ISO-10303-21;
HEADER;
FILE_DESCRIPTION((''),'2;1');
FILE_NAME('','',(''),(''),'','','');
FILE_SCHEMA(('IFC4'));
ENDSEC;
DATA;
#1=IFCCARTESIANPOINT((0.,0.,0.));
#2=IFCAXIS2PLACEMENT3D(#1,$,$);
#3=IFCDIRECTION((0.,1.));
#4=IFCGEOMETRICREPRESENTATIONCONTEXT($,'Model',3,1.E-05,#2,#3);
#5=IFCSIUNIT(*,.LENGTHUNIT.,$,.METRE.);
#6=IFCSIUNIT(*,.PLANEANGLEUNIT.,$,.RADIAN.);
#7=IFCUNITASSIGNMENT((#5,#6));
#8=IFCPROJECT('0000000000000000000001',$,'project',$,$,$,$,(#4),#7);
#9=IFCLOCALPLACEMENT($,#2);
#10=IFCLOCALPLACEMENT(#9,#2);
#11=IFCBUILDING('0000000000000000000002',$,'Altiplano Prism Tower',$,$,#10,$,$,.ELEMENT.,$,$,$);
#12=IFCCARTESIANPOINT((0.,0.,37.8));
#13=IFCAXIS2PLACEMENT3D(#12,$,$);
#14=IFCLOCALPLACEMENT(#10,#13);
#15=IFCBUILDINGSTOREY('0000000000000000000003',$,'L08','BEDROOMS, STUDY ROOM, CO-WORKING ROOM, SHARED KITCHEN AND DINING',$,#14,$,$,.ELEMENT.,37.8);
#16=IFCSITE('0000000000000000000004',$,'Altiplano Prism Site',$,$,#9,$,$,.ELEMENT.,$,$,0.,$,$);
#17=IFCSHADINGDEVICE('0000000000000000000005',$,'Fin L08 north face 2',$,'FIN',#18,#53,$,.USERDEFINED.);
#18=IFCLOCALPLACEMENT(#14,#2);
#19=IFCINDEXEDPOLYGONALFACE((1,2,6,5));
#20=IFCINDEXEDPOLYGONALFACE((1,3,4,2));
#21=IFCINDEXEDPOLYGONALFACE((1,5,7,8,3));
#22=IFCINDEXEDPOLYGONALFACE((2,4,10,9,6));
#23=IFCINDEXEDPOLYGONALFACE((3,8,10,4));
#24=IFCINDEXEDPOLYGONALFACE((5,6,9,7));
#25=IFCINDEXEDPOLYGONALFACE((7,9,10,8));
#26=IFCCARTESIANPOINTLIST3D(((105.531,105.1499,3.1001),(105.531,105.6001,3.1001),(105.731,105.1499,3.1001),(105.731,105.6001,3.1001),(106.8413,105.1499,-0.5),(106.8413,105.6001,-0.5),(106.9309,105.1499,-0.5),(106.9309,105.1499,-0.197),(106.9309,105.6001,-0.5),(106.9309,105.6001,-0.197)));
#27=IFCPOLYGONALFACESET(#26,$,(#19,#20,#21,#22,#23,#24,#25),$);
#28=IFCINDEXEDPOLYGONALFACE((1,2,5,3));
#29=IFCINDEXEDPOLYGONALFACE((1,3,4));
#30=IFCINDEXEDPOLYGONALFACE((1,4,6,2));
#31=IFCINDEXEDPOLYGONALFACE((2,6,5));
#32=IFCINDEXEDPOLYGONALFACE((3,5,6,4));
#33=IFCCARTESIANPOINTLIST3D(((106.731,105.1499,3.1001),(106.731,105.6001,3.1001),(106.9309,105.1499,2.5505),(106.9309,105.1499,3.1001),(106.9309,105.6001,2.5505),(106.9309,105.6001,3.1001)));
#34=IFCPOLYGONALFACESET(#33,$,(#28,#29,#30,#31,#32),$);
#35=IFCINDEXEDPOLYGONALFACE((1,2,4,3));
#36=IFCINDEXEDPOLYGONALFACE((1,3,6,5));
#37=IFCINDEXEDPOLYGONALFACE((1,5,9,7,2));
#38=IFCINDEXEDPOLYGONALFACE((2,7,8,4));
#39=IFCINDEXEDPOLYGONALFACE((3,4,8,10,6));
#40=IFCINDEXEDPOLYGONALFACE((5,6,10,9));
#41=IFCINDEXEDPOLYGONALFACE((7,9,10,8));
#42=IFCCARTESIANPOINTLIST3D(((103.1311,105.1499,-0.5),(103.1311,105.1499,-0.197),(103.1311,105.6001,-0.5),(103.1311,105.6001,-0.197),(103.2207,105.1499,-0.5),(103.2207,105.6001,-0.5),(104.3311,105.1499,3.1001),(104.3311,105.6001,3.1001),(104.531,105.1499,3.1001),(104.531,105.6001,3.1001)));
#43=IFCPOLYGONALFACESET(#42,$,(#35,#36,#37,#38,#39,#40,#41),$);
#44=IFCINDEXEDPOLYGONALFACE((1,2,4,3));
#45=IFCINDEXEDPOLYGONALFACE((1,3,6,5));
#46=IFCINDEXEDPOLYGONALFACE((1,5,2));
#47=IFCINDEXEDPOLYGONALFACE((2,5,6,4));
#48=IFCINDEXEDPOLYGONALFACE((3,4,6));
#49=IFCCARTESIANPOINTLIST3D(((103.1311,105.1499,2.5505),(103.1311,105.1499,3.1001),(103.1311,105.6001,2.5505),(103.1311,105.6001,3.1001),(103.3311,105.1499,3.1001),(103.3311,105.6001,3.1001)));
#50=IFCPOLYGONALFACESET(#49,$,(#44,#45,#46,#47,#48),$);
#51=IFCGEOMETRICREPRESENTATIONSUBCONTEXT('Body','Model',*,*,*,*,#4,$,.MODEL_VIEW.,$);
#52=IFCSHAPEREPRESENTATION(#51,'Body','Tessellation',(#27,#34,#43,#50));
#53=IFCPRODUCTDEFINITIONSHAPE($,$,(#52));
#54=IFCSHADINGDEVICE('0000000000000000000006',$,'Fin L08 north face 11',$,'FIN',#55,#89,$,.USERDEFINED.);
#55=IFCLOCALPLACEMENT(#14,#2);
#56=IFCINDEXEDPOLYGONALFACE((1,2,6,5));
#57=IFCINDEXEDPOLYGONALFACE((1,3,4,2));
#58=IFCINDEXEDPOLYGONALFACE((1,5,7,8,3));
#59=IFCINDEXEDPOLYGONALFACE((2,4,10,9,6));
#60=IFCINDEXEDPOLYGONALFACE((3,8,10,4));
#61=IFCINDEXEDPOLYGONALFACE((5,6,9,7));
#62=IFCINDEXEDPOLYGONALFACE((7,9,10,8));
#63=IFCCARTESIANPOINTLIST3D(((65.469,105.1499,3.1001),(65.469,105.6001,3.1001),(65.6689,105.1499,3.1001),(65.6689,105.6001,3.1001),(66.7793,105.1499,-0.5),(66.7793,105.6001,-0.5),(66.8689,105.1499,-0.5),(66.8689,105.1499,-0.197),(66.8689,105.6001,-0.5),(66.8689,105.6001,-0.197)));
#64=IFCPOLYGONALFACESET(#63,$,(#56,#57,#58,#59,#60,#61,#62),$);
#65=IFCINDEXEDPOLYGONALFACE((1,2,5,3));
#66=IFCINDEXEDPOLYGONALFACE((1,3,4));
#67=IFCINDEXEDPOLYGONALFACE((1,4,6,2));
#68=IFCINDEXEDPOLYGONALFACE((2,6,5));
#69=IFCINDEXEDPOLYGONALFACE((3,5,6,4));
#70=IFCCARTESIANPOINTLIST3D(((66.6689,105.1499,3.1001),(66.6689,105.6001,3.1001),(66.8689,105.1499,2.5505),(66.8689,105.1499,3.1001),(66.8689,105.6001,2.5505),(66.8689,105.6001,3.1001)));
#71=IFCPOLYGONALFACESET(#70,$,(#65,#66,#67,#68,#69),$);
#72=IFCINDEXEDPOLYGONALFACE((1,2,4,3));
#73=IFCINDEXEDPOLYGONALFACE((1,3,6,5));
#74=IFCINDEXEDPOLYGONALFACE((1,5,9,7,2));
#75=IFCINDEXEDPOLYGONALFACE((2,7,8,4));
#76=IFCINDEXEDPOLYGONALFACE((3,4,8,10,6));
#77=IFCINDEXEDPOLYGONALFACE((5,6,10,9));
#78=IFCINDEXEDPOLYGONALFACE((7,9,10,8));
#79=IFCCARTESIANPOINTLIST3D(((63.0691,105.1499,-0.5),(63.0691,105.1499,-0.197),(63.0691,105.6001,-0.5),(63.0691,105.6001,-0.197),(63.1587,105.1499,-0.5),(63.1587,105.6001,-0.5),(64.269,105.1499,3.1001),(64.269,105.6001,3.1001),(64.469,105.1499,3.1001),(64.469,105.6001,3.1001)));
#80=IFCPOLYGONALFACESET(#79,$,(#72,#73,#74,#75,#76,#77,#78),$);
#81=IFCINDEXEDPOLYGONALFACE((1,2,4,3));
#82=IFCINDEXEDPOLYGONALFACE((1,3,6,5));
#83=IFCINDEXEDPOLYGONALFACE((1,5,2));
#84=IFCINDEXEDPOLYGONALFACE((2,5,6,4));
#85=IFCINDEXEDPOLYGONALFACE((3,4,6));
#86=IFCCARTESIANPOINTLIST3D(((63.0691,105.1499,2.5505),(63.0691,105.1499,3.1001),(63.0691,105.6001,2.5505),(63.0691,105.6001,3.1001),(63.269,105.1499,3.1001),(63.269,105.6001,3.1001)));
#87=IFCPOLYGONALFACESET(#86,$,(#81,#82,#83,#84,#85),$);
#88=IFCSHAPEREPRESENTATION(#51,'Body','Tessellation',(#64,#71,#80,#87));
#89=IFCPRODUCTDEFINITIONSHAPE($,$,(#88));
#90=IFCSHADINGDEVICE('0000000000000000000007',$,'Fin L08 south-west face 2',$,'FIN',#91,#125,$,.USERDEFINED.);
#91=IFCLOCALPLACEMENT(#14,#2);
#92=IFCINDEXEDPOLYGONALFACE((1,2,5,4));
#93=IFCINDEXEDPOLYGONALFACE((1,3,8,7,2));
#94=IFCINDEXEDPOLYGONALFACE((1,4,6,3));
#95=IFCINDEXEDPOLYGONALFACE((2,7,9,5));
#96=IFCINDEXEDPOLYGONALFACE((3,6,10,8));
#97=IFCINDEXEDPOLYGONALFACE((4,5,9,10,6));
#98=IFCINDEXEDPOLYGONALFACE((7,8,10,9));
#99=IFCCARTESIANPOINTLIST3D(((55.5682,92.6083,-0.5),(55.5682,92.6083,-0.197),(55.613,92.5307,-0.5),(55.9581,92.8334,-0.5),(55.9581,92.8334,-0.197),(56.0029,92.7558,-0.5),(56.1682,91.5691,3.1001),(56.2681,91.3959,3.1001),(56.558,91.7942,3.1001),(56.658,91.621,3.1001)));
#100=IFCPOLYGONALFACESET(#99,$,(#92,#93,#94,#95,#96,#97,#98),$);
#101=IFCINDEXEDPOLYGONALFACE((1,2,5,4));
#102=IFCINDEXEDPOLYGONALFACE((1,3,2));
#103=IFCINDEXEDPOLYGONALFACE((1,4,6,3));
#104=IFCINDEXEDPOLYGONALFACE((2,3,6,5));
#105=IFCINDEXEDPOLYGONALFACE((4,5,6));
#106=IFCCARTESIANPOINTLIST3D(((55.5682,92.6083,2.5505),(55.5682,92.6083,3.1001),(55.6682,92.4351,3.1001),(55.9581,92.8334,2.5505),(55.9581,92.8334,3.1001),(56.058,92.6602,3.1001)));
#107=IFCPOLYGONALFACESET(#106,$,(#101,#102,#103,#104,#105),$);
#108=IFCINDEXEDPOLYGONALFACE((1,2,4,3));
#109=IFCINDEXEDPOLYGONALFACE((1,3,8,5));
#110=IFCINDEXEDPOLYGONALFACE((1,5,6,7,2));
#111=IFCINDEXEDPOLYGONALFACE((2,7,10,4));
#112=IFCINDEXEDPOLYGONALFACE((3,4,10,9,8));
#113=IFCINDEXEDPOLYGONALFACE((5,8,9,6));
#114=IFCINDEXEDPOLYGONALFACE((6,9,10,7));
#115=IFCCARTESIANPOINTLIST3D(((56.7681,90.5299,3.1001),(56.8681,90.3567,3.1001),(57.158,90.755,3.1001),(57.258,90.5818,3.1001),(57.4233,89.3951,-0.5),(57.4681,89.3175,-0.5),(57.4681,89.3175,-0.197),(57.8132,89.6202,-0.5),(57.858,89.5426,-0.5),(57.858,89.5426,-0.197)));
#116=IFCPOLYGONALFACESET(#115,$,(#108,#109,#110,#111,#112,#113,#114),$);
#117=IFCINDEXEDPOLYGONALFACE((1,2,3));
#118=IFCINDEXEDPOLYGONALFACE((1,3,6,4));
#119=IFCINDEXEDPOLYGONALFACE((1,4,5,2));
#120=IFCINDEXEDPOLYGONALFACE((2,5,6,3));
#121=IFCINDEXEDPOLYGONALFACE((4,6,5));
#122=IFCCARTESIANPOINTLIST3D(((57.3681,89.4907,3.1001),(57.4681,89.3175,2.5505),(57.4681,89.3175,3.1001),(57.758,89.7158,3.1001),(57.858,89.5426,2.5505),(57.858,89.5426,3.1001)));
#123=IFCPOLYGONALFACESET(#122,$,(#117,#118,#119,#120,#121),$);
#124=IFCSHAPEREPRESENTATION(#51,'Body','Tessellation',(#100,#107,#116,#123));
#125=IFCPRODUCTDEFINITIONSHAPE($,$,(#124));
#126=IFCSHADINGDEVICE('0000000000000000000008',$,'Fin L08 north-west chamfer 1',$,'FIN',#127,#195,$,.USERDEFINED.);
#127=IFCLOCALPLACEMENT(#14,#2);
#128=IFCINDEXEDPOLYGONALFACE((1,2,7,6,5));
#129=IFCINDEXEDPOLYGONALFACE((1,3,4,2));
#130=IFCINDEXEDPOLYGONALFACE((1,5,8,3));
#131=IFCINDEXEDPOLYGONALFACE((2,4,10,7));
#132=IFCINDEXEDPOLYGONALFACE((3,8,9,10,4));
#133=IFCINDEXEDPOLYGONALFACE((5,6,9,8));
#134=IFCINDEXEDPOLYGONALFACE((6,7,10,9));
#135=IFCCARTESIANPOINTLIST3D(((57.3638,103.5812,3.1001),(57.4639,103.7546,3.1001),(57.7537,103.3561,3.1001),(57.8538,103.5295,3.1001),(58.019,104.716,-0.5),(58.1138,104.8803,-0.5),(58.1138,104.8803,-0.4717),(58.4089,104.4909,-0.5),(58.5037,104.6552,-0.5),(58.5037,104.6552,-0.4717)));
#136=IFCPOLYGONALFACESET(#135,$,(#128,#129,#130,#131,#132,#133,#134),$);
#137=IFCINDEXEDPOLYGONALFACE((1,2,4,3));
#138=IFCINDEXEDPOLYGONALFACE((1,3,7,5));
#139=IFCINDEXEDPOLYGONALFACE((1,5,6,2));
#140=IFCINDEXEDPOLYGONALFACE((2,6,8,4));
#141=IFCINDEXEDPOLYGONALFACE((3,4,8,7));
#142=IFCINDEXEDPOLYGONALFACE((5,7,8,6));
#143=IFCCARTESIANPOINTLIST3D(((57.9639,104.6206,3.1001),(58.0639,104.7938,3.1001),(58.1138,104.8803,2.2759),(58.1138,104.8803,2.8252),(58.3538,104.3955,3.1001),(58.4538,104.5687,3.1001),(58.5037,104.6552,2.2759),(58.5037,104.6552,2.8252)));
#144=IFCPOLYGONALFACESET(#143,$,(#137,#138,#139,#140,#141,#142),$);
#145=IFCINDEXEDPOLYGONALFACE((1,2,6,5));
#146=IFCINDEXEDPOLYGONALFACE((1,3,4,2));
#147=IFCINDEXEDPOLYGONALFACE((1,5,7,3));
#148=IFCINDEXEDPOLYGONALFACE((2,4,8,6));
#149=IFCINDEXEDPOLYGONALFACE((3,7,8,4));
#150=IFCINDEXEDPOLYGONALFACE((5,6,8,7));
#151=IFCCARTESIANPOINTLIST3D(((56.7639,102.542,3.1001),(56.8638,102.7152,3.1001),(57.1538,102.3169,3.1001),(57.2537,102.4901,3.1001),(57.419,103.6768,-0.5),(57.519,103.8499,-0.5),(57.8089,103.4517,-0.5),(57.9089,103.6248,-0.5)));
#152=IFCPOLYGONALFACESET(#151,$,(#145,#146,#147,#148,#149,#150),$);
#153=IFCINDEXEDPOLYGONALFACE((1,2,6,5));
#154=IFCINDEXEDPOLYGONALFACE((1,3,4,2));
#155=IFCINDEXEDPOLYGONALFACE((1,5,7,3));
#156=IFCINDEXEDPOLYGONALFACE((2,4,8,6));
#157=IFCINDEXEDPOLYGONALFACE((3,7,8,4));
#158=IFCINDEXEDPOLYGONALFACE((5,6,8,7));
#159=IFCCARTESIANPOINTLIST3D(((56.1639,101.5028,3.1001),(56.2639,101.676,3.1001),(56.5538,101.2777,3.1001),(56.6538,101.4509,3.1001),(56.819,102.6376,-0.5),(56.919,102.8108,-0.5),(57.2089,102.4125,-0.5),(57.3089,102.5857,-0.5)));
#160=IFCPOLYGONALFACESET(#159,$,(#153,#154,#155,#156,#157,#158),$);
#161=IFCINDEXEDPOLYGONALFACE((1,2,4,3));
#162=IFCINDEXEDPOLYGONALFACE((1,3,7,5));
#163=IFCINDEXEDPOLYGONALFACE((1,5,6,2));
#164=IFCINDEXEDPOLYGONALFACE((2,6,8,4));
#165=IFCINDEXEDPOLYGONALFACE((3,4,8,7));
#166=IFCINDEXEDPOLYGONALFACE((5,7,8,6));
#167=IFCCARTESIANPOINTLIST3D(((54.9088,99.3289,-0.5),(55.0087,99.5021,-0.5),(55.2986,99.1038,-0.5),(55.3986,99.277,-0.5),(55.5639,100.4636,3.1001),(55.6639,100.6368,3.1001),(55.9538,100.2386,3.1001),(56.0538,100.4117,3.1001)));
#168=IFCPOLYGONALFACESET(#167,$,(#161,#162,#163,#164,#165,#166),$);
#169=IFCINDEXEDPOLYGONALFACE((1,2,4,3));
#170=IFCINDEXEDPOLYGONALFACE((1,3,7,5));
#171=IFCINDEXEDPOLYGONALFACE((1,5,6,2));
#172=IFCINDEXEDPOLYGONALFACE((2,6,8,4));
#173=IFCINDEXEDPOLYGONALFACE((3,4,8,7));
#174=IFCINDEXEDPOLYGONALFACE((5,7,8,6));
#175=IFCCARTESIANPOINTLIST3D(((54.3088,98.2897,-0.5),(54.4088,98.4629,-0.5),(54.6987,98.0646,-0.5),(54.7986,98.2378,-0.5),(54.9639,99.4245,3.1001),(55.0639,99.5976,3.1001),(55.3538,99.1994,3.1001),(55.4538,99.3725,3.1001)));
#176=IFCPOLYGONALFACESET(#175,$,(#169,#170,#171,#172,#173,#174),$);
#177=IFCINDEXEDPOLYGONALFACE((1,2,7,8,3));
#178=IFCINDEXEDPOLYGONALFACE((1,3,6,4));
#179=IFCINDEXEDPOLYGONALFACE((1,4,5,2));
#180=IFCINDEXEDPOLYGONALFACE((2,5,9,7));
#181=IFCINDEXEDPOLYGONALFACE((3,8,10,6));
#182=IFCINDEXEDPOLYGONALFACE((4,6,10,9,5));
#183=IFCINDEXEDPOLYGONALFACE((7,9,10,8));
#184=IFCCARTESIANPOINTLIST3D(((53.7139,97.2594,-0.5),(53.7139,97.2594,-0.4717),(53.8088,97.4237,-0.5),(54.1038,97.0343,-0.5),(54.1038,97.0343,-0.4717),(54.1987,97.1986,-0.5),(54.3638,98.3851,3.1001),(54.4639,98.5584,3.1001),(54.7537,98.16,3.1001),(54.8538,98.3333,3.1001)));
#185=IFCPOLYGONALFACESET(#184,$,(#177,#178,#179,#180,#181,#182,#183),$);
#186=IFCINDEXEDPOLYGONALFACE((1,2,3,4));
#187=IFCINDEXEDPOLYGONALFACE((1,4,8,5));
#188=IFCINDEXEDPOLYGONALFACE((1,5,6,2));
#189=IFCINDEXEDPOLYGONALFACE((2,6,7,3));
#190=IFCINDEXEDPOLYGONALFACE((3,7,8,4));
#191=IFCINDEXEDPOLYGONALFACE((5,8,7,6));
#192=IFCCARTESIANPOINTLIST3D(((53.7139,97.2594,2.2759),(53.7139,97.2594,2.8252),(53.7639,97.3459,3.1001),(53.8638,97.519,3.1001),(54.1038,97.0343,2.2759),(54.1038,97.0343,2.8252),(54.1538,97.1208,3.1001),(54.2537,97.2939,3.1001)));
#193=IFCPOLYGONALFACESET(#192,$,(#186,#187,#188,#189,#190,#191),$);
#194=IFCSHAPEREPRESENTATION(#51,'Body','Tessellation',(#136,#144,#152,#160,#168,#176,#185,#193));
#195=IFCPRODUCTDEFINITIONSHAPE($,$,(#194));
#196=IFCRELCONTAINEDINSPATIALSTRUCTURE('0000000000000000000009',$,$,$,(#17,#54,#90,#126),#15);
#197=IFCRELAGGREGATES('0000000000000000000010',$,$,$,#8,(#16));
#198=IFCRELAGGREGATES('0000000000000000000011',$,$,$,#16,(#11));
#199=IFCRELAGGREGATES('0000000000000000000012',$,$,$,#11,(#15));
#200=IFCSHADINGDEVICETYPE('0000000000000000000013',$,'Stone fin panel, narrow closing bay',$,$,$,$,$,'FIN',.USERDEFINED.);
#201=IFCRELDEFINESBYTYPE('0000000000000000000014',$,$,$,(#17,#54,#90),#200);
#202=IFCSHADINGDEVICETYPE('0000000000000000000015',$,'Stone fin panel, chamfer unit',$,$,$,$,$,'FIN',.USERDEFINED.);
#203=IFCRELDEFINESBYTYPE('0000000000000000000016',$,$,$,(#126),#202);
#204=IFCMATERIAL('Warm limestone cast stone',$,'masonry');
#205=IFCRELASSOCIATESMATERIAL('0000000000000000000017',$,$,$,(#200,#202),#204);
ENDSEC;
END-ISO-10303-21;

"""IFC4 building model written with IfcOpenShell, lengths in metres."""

from ifc_helpers import new_model, si_unit, direction, frame, origin, place, context, subcontext, project, spatial, polyline, outline, extrude, source, transform, mapped, material, type_object, element, save


model = new_model("IFC4")

# Units and contexts
model_context = context("Model", 3, precision=1e-05, world=origin(), true_north=direction((0.0, 1.0)))
body_context = subcontext(model_context, "Body", "Model", "MODEL_VIEW")
ifc_project = project(units=[si_unit("LENGTHUNIT", "METRE"), si_unit("PLANEANGLEUNIT", "RADIAN")], contexts=[model_context])

# Site, building, storey
site_placement = place(None, origin())
site = spatial("IfcSite", under=ifc_project, at=site_placement, Name="Altiplano Prism Site", CompositionType="ELEMENT", RefElevation=0.0)
building_placement = place(site_placement, origin())
building = spatial("IfcBuilding", under=site, at=building_placement, Name="Altiplano Prism Tower", CompositionType="ELEMENT")
storey_placement = place(building_placement, frame((0.0, 0.0, 37.8)))
storey = spatial("IfcBuildingStorey", under=building, at=storey_placement, Name="L08", Description="BEDROOMS, STUDY ROOM, CO-WORKING ROOM, SHARED KITCHEN AND DINING", CompositionType="ELEMENT", Elevation=37.8)

# Shading devices
ifc_material_1 = material(Name="Warm limestone cast stone", Category="masonry")
shading_device_type_1 = type_object("IfcShadingDeviceType", Name="Stone fin panel, narrow closing bay", ElementType="FIN", PredefinedType="USERDEFINED", material=ifc_material_1)
shared_shape_1 = source(origin(), body_context, "Body", "SweptSolid", [
    extrude(outline(polyline([(-1.8999, 0.0), (-1.8103, 0.0), (-0.5, 3.6001), (-0.7, 3.6001), (-1.8999, 0.303), (-1.8999, 0.0)])), frame((0.0, -0.1499, 0.0), z_axis=(0.0, -1.0, 0.0), x_axis=(1.0, 0.0, 0.0)), (0.0, 0.0, 1.0), 0.4502),
    extrude(outline(polyline([(-1.8999, 3.0505), (-1.7, 3.6001), (-1.8999, 3.6001), (-1.8999, 3.0505)])), frame((0.0, -0.1499, 0.0), z_axis=(0.0, -1.0, 0.0), x_axis=(1.0, 0.0, 0.0)), (0.0, 0.0, 1.0), 0.4502),
    extrude(outline(polyline([(1.8103, 0.0), (1.8999, 0.0), (1.8999, 0.303), (0.7, 3.6001), (0.5, 3.6001), (1.8103, 0.0)])), frame((0.0, -0.1499, 0.0), z_axis=(0.0, -1.0, 0.0), x_axis=(1.0, 0.0, 0.0)), (0.0, 0.0, 1.0), 0.4502),
    extrude(outline(polyline([(1.8999, 3.6001), (1.7, 3.6001), (1.8999, 3.0505), (1.8999, 3.6001)])), frame((0.0, -0.1499, 0.0), z_axis=(0.0, -1.0, 0.0), x_axis=(1.0, 0.0, 0.0)), (0.0, 0.0, 1.0), 0.4502),
])
shading_device_1_placement = place(storey_placement, origin())
element("IfcShadingDevice", 1, at=shading_device_1_placement, inside=storey, type_object=shading_device_type_1, Name="Fin L08 north face 2", ObjectType="FIN", PredefinedType="USERDEFINED", context=body_context, shape_type="MappedRepresentation", body=[
    mapped(shared_shape_1, transform((105.031, 105.0, -0.5), x_axis=(-1.0, 0.0, 0.0), y_axis=(0.0, -1.0, 0.0), z_axis=(0.0, 0.0, 1.0))),
])
shading_device_2_placement = place(storey_placement, origin())
element("IfcShadingDevice", 2, at=shading_device_2_placement, inside=storey, type_object=shading_device_type_1, Name="Fin L08 north face 11", ObjectType="FIN", PredefinedType="USERDEFINED", context=body_context, shape_type="MappedRepresentation", body=[
    mapped(shared_shape_1, transform((64.969, 105.0, -0.5), x_axis=(-1.0, 0.0, 0.0), y_axis=(0.0, -1.0, 0.0), z_axis=(0.0, 0.0, 1.0))),
])
shading_device_3_placement = place(storey_placement, origin())
element("IfcShadingDevice", 3, at=shading_device_3_placement, inside=storey, type_object=shading_device_type_1, Name="Fin L08 south-west face 2", ObjectType="FIN", PredefinedType="USERDEFINED", context=body_context, shape_type="MappedRepresentation", body=[
    mapped(shared_shape_1, transform((57.0378, 91.2629, -0.5), x_axis=(0.5, -0.866025, 0.0), y_axis=(0.866025, 0.5, 0.0), z_axis=(0.0, 0.0, 1.0))),
])
shading_device_type_2 = type_object("IfcShadingDeviceType", Name="Stone fin panel, chamfer unit", ElementType="FIN", PredefinedType="USERDEFINED", material=ifc_material_1)
shared_shape_2 = source(origin(), body_context, "Body", "SweptSolid", [
    extrude(outline(polyline([(-4.3999, 0.0), (-4.2102, 0.0), (-2.8999, 3.6001), (-3.1001, 3.6001), (-4.3999, 0.0283), (-4.3999, 0.0)])), frame((0.0, -0.1499, 0.0), z_axis=(0.0, -1.0, 0.0), x_axis=(1.0, 0.0, 0.0)), (0.0, 0.0, 1.0), 0.4502),
    extrude(outline(polyline([(-4.3999, 2.7759), (-4.1001, 3.6001), (-4.3, 3.6001), (-4.3999, 3.3252), (-4.3999, 2.7759)])), frame((0.0, -0.1499, 0.0), z_axis=(0.0, -1.0, 0.0), x_axis=(1.0, 0.0, 0.0)), (0.0, 0.0, 1.0), 0.4502),
    extrude(outline(polyline([(-3.2102, 0.0), (-3.0103, 0.0), (-1.7, 3.6001), (-1.8999, 3.6001), (-3.2102, 0.0)])), frame((0.0, -0.1499, 0.0), z_axis=(0.0, -1.0, 0.0), x_axis=(1.0, 0.0, 0.0)), (0.0, 0.0, 1.0), 0.4502),
    extrude(outline(polyline([(-2.0103, 0.0), (-1.8103, 0.0), (-0.5, 3.6001), (-0.7, 3.6001), (-2.0103, 0.0)])), frame((0.0, -0.1499, 0.0), z_axis=(0.0, -1.0, 0.0), x_axis=(1.0, 0.0, 0.0)), (0.0, 0.0, 1.0), 0.4502),
    extrude(outline(polyline([(1.8103, 0.0), (2.0103, 0.0), (0.7, 3.6001), (0.5, 3.6001), (1.8103, 0.0)])), frame((0.0, -0.1499, 0.0), z_axis=(0.0, -1.0, 0.0), x_axis=(1.0, 0.0, 0.0)), (0.0, 0.0, 1.0), 0.4502),
    extrude(outline(polyline([(3.0103, 0.0), (3.2102, 0.0), (1.8999, 3.6001), (1.7, 3.6001), (3.0103, 0.0)])), frame((0.0, -0.1499, 0.0), z_axis=(0.0, -1.0, 0.0), x_axis=(1.0, 0.0, 0.0)), (0.0, 0.0, 1.0), 0.4502),
    extrude(outline(polyline([(4.2102, 0.0), (4.3999, 0.0), (4.3999, 0.0283), (3.1001, 3.6001), (2.8999, 3.6001), (4.2102, 0.0)])), frame((0.0, -0.1499, 0.0), z_axis=(0.0, -1.0, 0.0), x_axis=(1.0, 0.0, 0.0)), (0.0, 0.0, 1.0), 0.4502),
    extrude(outline(polyline([(4.3999, 3.3252), (4.3, 3.6001), (4.1001, 3.6001), (4.3999, 2.7759), (4.3999, 3.3252)])), frame((0.0, -0.1499, 0.0), z_axis=(0.0, -1.0, 0.0), x_axis=(1.0, 0.0, 0.0)), (0.0, 0.0, 1.0), 0.4502),
])
shading_device_4_placement = place(storey_placement, origin())
element("IfcShadingDevice", 4, at=shading_device_4_placement, inside=storey, type_object=shading_device_type_2, Name="Fin L08 north-west chamfer 1", ObjectType="FIN", PredefinedType="USERDEFINED", context=body_context, shape_type="MappedRepresentation", body=[
    mapped(shared_shape_2, transform((56.4336, 100.7698, -0.5), x_axis=(-0.5, -0.866025, 0.0), y_axis=(0.866025, -0.5, 0.0), z_axis=(0.0, 0.0, 1.0))),
])

save(model, "model.ifc")
